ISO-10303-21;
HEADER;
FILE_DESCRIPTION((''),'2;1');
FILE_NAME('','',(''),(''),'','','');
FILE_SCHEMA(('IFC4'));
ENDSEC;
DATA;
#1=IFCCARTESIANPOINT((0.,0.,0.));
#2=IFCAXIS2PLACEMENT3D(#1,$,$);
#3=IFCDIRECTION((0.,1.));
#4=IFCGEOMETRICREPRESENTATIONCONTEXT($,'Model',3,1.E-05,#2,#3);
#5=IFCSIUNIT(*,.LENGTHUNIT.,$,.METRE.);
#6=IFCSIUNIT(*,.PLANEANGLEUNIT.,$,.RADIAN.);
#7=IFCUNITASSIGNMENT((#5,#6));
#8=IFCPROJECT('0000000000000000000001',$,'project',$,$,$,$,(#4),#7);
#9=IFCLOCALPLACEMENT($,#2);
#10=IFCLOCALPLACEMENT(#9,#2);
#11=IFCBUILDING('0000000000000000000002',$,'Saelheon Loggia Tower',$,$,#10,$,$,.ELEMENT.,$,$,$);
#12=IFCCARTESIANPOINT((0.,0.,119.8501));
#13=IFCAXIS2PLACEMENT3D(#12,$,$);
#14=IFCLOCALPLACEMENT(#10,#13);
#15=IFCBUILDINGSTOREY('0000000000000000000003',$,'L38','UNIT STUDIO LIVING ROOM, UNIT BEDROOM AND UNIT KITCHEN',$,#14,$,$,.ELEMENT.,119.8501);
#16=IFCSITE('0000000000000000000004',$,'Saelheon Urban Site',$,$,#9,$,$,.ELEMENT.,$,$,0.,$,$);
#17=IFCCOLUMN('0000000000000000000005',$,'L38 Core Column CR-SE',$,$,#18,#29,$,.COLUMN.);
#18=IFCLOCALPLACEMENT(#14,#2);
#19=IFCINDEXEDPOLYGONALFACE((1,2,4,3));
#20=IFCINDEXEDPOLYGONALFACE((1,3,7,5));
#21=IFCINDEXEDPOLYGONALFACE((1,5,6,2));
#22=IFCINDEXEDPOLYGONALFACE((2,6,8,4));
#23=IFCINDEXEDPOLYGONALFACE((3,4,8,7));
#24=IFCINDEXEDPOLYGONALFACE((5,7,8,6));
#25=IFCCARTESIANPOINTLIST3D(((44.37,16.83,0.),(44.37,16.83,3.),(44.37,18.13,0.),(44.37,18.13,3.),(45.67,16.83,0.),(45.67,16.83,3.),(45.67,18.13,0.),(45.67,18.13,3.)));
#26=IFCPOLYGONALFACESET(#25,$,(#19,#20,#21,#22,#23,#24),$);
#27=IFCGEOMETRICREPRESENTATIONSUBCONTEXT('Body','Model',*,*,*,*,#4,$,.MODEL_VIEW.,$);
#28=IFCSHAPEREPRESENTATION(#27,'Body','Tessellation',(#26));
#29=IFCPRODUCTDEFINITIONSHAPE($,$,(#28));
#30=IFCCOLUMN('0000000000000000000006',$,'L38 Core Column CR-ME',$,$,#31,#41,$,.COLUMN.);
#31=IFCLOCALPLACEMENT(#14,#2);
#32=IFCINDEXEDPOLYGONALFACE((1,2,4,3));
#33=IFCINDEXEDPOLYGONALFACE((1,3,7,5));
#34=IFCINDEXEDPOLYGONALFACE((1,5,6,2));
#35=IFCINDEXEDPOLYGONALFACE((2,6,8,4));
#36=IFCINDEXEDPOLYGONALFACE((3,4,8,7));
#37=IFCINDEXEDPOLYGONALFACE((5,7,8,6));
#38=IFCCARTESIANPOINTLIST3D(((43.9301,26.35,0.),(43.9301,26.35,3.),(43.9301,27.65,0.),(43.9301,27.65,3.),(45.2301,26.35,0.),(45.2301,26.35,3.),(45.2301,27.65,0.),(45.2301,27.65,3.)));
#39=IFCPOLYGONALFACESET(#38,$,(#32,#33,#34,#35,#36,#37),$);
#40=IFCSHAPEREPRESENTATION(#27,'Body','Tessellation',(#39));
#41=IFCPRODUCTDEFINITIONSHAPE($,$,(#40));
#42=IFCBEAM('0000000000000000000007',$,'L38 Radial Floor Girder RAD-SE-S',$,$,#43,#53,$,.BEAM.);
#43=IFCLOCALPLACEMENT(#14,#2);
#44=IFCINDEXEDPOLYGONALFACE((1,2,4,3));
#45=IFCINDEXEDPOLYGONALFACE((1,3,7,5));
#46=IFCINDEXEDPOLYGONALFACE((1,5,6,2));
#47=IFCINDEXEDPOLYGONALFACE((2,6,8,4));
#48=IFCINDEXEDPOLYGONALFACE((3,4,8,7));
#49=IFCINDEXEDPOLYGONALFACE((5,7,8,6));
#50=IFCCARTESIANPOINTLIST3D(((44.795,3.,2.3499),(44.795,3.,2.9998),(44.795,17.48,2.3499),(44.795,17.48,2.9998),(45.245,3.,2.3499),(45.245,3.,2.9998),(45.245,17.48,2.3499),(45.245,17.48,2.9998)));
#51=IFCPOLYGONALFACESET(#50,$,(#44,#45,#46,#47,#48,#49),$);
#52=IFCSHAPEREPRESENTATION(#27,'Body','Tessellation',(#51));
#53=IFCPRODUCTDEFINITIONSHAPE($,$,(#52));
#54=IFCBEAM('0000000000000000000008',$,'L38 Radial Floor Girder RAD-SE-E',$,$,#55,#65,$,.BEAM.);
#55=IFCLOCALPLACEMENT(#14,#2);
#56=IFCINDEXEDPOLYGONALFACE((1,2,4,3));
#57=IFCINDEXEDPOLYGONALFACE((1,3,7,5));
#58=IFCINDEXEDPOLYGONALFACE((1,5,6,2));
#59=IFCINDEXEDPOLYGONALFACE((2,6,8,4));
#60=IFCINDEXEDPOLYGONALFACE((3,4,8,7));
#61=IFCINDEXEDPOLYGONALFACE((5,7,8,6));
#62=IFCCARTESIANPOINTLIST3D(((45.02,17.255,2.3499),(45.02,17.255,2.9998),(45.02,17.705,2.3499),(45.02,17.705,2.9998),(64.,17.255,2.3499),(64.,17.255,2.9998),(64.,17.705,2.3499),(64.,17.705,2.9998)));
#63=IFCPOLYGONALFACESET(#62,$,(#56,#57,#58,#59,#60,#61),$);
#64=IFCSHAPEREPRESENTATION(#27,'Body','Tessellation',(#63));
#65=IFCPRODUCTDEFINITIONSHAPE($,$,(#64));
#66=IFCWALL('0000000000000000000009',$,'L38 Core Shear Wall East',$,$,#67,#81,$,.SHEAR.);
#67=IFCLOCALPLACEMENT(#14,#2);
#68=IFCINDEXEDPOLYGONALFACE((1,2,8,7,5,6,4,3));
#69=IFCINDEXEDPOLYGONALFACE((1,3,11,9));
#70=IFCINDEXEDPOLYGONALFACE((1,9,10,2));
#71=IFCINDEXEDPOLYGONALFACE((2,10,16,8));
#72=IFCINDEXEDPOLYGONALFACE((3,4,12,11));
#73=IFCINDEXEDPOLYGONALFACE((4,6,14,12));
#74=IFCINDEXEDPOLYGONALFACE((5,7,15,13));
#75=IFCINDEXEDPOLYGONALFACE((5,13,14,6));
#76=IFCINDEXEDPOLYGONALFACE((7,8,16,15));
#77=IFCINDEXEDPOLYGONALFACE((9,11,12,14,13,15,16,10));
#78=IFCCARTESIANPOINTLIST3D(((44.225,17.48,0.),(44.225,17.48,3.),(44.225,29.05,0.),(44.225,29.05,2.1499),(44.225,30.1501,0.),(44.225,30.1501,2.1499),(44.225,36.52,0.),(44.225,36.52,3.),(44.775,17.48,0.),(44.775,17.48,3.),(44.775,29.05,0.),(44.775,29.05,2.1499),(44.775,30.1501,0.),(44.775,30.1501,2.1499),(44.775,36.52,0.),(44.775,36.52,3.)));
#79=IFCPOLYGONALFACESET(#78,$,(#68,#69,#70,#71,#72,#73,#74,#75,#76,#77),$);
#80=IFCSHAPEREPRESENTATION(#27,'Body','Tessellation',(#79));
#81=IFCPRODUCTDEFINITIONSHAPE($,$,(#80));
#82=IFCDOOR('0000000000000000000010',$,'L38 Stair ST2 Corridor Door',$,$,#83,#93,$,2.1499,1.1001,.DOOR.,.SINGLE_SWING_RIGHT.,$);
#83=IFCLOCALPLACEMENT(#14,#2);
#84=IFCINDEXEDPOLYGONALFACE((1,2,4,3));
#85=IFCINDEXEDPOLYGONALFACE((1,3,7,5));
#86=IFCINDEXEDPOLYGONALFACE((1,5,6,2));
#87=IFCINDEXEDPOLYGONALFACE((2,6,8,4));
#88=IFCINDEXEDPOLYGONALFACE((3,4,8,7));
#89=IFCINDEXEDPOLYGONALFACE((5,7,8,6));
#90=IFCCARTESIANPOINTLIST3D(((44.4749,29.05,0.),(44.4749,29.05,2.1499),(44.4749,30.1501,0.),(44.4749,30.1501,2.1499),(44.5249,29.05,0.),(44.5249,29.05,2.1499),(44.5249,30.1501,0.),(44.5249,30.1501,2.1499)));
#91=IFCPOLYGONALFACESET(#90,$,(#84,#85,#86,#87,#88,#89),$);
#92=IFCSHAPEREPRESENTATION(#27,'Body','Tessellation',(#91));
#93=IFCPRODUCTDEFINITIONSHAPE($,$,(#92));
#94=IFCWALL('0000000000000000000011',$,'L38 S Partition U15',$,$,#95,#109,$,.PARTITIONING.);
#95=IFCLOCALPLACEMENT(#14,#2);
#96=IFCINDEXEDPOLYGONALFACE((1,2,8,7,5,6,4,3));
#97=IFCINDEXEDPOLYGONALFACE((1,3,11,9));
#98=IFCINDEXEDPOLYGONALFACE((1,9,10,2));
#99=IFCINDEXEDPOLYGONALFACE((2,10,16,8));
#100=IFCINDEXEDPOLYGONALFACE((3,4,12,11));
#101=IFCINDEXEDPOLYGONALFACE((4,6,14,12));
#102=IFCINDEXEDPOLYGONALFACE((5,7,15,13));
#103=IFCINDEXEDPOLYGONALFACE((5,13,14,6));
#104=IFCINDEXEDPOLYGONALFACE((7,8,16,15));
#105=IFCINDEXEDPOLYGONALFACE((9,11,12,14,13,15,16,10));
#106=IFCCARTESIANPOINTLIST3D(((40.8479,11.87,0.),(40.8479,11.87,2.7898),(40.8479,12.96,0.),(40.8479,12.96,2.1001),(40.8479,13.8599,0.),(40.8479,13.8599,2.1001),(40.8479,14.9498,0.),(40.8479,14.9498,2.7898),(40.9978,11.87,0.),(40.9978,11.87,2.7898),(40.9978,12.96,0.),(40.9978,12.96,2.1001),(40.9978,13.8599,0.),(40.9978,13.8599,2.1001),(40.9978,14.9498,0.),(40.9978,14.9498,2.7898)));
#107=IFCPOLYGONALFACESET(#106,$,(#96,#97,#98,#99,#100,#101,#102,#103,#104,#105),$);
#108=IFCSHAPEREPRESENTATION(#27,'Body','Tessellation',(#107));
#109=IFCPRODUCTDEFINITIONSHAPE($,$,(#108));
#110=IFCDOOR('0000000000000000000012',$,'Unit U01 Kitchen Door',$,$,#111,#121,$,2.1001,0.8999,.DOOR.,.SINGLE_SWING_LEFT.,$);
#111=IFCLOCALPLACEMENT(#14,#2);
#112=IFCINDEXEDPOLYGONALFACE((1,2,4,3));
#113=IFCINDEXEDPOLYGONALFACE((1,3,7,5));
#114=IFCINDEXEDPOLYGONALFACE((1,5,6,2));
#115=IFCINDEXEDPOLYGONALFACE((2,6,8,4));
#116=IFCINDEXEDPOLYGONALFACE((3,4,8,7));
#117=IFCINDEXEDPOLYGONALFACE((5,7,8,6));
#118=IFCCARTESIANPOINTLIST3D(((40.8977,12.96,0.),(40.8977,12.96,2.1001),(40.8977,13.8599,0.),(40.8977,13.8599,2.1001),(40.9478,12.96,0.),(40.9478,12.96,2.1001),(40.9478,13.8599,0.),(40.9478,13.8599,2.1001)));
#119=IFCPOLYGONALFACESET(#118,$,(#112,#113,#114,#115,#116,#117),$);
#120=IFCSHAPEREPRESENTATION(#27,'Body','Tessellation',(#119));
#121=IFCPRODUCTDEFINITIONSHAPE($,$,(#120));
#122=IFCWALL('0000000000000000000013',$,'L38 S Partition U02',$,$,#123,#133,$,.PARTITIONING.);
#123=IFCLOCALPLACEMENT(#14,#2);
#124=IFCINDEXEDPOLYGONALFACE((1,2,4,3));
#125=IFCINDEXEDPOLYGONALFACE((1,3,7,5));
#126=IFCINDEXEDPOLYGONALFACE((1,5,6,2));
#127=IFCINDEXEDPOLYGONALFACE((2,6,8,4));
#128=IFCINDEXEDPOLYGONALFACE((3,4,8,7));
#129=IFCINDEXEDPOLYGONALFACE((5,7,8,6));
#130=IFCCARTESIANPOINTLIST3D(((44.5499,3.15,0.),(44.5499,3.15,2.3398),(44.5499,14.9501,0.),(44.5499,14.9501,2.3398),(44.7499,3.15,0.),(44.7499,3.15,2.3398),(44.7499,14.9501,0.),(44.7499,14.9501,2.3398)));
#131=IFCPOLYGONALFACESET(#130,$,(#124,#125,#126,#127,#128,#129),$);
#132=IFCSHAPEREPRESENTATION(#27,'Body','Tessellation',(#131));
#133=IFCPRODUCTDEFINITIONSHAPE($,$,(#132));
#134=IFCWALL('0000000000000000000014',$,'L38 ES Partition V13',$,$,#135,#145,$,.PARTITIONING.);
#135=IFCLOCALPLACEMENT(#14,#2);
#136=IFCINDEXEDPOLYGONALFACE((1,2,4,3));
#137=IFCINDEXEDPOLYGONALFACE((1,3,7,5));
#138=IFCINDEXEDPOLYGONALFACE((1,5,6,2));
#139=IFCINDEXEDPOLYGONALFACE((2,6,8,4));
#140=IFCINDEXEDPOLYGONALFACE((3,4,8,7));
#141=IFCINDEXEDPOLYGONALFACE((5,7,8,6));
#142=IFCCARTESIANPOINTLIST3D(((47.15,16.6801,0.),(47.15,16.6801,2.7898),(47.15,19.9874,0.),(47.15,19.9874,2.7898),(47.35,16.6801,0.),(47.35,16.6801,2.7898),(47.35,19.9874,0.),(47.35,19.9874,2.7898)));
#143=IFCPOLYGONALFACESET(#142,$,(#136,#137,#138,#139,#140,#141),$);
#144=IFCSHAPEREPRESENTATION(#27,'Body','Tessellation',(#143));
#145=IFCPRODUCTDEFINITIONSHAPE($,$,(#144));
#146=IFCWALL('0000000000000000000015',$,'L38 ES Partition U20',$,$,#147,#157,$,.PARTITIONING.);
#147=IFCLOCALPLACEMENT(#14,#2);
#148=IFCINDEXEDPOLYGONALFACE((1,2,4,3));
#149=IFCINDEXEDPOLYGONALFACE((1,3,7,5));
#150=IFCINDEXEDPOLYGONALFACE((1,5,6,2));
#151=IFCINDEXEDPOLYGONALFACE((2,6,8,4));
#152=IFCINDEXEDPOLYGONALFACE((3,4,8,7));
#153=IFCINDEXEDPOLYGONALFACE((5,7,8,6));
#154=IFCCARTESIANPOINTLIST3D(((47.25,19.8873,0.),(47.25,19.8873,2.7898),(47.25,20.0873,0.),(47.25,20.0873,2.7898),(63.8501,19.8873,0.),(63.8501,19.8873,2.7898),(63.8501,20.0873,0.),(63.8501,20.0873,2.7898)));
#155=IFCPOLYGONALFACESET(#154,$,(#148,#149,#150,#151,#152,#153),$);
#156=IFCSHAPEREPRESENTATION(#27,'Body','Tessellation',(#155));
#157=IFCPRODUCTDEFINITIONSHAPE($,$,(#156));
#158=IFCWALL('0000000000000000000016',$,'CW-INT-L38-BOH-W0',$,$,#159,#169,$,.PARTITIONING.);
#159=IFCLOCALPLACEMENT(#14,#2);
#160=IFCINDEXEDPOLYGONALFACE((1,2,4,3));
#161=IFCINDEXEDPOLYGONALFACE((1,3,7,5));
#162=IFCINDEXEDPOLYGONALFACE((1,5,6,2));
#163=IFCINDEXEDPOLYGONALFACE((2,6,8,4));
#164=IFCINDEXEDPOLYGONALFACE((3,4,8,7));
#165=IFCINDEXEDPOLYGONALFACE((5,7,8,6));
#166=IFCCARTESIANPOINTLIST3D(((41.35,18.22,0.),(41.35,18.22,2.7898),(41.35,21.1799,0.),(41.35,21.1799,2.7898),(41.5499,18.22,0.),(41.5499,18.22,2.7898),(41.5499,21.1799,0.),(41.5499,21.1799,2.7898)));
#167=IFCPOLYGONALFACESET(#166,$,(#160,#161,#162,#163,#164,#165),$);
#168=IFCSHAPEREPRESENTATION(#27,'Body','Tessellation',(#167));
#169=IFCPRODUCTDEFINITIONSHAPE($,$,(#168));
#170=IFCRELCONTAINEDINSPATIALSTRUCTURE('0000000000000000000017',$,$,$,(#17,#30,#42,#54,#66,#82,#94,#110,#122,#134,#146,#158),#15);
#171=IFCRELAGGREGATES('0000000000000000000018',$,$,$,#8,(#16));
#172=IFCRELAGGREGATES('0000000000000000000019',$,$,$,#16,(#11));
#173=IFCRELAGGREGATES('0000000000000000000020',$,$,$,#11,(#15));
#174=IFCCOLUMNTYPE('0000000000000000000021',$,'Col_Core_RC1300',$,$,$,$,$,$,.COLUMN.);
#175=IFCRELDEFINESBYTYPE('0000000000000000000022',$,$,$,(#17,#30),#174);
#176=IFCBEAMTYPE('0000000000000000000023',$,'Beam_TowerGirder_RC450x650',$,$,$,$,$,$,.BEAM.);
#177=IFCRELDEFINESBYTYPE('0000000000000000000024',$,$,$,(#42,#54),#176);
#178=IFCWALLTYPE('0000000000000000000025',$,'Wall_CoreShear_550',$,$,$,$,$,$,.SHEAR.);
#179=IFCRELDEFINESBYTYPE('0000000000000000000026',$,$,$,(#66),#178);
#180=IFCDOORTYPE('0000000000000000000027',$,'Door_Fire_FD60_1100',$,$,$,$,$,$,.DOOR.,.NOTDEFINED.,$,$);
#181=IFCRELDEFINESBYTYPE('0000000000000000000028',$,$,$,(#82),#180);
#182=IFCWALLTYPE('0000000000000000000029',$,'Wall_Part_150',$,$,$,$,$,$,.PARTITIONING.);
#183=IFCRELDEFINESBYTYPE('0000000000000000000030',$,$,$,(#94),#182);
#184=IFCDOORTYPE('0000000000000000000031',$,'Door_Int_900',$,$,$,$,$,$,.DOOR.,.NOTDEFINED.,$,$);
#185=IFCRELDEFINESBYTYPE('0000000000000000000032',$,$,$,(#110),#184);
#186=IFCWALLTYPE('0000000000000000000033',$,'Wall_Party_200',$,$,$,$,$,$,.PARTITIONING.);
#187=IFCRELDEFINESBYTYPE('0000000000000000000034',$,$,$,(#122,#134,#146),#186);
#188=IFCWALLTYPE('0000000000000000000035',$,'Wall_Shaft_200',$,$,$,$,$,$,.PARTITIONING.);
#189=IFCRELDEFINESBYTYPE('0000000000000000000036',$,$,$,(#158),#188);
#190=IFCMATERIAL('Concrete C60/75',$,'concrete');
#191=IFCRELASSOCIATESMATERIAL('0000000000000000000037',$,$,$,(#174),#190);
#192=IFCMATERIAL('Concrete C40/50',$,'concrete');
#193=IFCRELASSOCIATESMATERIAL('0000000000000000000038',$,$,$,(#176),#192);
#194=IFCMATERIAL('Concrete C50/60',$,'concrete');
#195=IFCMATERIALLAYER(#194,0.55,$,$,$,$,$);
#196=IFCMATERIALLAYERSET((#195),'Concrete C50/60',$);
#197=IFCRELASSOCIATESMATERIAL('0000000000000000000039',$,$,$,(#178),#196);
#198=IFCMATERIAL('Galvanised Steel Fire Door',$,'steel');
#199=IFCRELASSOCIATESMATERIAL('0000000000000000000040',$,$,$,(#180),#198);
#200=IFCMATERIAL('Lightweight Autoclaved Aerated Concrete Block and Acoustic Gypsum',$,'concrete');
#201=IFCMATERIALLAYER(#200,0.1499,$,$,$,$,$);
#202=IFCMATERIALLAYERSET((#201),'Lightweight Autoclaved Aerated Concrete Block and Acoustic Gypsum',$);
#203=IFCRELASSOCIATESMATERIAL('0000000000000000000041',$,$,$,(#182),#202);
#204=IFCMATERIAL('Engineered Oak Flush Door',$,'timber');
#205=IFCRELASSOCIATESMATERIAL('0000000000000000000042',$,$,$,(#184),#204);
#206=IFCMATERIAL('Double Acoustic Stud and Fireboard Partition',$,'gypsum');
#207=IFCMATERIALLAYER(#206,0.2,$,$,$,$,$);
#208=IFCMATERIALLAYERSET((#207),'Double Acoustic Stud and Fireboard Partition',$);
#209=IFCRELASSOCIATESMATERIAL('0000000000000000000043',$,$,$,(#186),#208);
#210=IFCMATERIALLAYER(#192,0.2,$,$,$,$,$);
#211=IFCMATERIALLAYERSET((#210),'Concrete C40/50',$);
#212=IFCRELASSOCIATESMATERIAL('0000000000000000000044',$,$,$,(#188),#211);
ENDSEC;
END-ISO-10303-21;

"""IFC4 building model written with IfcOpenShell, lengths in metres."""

from ifc_helpers import new_model, si_unit, direction, frame, frame_2d, origin, origin_2d, place, context, subcontext, project, spatial, rectangle, extrude, source, transform, mapped, material, layer, layer_set, material_profile, profile_set, type_object, element, fill, save


model = new_model("IFC4")

# Units and contexts
model_context = context("Model", 3, precision=1e-05, world=origin(), true_north=direction((0.0, 1.0)))
body_context = subcontext(model_context, "Body", "Model", "MODEL_VIEW")
ifc_project = project(units=[si_unit("LENGTHUNIT", "METRE"), si_unit("PLANEANGLEUNIT", "RADIAN")], contexts=[model_context])

# Site, building, storey
site_placement = place(None, origin())
site = spatial("IfcSite", under=ifc_project, at=site_placement, Name="Saelheon Urban Site", CompositionType="ELEMENT", RefElevation=0.0)
building_placement = place(site_placement, origin())
building = spatial("IfcBuilding", under=site, at=building_placement, Name="Saelheon Loggia Tower", CompositionType="ELEMENT")
storey_placement = place(building_placement, frame((0.0, 0.0, 119.8501)))
storey = spatial("IfcBuildingStorey", under=building, at=storey_placement, Name="L38", Description="UNIT STUDIO LIVING ROOM, UNIT BEDROOM AND UNIT KITCHEN", CompositionType="ELEMENT", Elevation=119.8501)

# Columns
ifc_material_1 = material(Name="Concrete C60/75", Category="concrete")
ifc_material_profile_1 = material_profile(ifc_material_1, rectangle(XDim=1.3, YDim=1.3, at=origin_2d()), Name="RC-1300x1300")
ifc_profile_set_1 = profile_set([ifc_material_profile_1], Name="Concrete C60/75")
column_type = type_object("IfcColumnType", Name="Col_Core_RC1300", PredefinedType="COLUMN", material=ifc_profile_set_1)
shared_shape_1 = source(origin(), body_context, "Body", "SweptSolid", [
    extrude(rectangle(XDim=1.3, YDim=1.3, at=origin_2d()), origin(), (0.0, 0.0, 1.0), 3.0),
])
for number, where, z_axis, x_axis, name in (
    (1, (45.02, 17.48, 0.0), (0.0, 0.0, 1.0), (1.0, 0.0, 0.0), "L38 Core Column CR-SE"),
    (2, (44.5801, 27.0, 0.0), (0.0, 0.0, 1.0), (1.0, 0.0, 0.0), "L38 Core Column CR-ME"),
):
    element("IfcColumn", number, at=place(storey_placement, frame(where, z_axis=z_axis, x_axis=x_axis)), inside=storey, type_object=column_type, Name=name, PredefinedType="COLUMN", context=body_context, shape_type="MappedRepresentation", body=[
        mapped(shared_shape_1, transform((0.0, 0.0, 0.0), scale=1.0)),
    ])

# Beams
ifc_material_2 = material(Name="Concrete C40/50", Category="concrete")
ifc_material_profile_2 = material_profile(ifc_material_2, rectangle(XDim=0.45, YDim=0.6499, at=origin_2d()), Name="RC-450x650")
ifc_profile_set_2 = profile_set([ifc_material_profile_2], Name="Concrete C40/50")
beam_type = type_object("IfcBeamType", Name="Beam_TowerGirder_RC450x650", PredefinedType="BEAM", material=ifc_profile_set_2)
shared_shape_2 = source(origin(), body_context, "Body", "SweptSolid", [
    extrude(rectangle(XDim=0.45, YDim=0.6499, at=origin_2d()), origin(), (0.0, 0.0, 1.0), 14.48),
])
beam_1_placement = place(storey_placement, frame((45.02, 17.48, 2.6748), z_axis=(0.0, -1.0, 0.0), x_axis=(1.0, 0.0, 0.0)))
element("IfcBeam", 3, at=beam_1_placement, inside=storey, type_object=beam_type, Name="L38 Radial Floor Girder RAD-SE-S", PredefinedType="BEAM", context=body_context, shape_type="MappedRepresentation", body=[
    mapped(shared_shape_2, transform((0.0, 0.0, 0.0), scale=1.0)),
])
shared_shape_3 = source(origin(), body_context, "Body", "SweptSolid", [
    extrude(rectangle(XDim=0.45, YDim=0.6499, at=origin_2d()), origin(), (0.0, 0.0, 1.0), 18.98),
])
beam_2_placement = place(storey_placement, frame((45.02, 17.48, 2.6748), z_axis=(1.0, 0.0, 0.0), x_axis=(0.0, 1.0, 0.0)))
element("IfcBeam", 4, at=beam_2_placement, inside=storey, type_object=beam_type, Name="L38 Radial Floor Girder RAD-SE-E", PredefinedType="BEAM", context=body_context, shape_type="MappedRepresentation", body=[
    mapped(shared_shape_3, transform((0.0, 0.0, 0.0), scale=1.0)),
])

# Walls, openings, doors
ifc_material_3 = material(Name="Concrete C50/60", Category="concrete")
ifc_layer_1 = layer(ifc_material_3, 0.55)
ifc_layer_set_1 = layer_set([ifc_layer_1], Name="Concrete C50/60")
wall_type_1 = type_object("IfcWallType", Name="Wall_CoreShear_550", PredefinedType="SHEAR", material=ifc_layer_set_1)
wall_1_placement = place(storey_placement, frame((44.5, 17.48, 0.0), z_axis=(0.0, 0.0, 1.0), x_axis=(0.0, 1.0, 0.0)))
wall_1 = element("IfcWall", 5, at=wall_1_placement, inside=storey, type_object=wall_type_1, Name="L38 Core Shear Wall East", PredefinedType="SHEAR", context=body_context, shape_type="SweptSolid", body=[
    extrude(rectangle(XDim=19.04, YDim=0.55, at=frame_2d((9.52, 0.0))), origin(), (0.0, 0.0, 1.0), 3.0),
])
opening_1_placement = place(wall_1_placement, frame((12.6702, 0.0, 0.0), z_axis=(0.0, 0.0, 1.0), x_axis=(-1.0, 0.0, 0.0)))
opening_1 = element("IfcOpeningElement", 6, at=opening_1_placement, cuts=wall_1, PredefinedType="OPENING", context=body_context, shape_type="SweptSolid", body=[
    extrude(rectangle(XDim=1.1001, YDim=2.1499, at=frame_2d((0.55, 1.075))), frame((0.0, 0.2871, 0.0), z_axis=(0.0, -1.0, 0.0), x_axis=(1.0, 0.0, 0.0)), (0.0, 0.0, 1.0), 0.574),
])
ifc_material_4 = material(Name="Galvanised Steel Fire Door", Category="steel")
door_type_1 = type_object("IfcDoorType", Name="Door_Fire_FD60_1100", OperationType="NOTDEFINED", PredefinedType="DOOR", material=ifc_material_4)
shared_shape_4 = source(origin(), body_context, "Body", "SweptSolid", [
    extrude(rectangle(XDim=1.1001, YDim=2.1499, at=frame_2d((0.55, 1.075))), frame((0.0, 0.0249, 0.0), z_axis=(0.0, -1.0, 0.0), x_axis=(1.0, 0.0, 0.0)), (0.0, 0.0, 1.0), 0.05),
])
door_1_placement = place(opening_1_placement, origin())
door_1 = element("IfcDoor", 7, at=door_1_placement, inside=storey, type_object=door_type_1, Name="L38 Stair ST2 Corridor Door", OperationType="SINGLE_SWING_RIGHT", OverallHeight=2.1499, OverallWidth=1.1001, PredefinedType="DOOR", context=body_context, shape_type="MappedRepresentation", body=[
    mapped(shared_shape_4, transform((0.0, 0.0, 0.0), scale=1.0)),
])
fill(opening_1, door_1)
ifc_material_5 = material(Name="Lightweight Autoclaved Aerated Concrete Block and Acoustic Gypsum", Category="concrete")
ifc_layer_2 = layer(ifc_material_5, 0.1499)
ifc_layer_set_2 = layer_set([ifc_layer_2], Name="Lightweight Autoclaved Aerated Concrete Block and Acoustic Gypsum")
wall_type_2 = type_object("IfcWallType", Name="Wall_Part_150", PredefinedType="PARTITIONING", material=ifc_layer_set_2)
wall_2_placement = place(storey_placement, frame((40.9229, 14.95, 0.0), z_axis=(0.0, 0.0, 1.0), x_axis=(0.0, -1.0, 0.0)))
wall_2 = element("IfcWall", 8, at=wall_2_placement, inside=storey, type_object=wall_type_2, Name="L38 S Partition U15", PredefinedType="PARTITIONING", context=body_context, shape_type="SweptSolid", body=[
    extrude(rectangle(XDim=3.0798, YDim=0.1499, at=frame_2d((1.54, 0.0))), origin(), (0.0, 0.0, 1.0), 2.7898),
])
opening_2_placement = place(wall_2_placement, frame((1.0901, 0.0, 0.0)))
opening_2 = element("IfcOpeningElement", 9, at=opening_2_placement, cuts=wall_2, PredefinedType="OPENING", context=body_context, shape_type="SweptSolid", body=[
    extrude(rectangle(XDim=0.8999, YDim=2.1001, at=frame_2d((0.45, 1.05))), frame((0.0, 0.0869, 0.0), z_axis=(0.0, -1.0, 0.0), x_axis=(1.0, 0.0, 0.0)), (0.0, 0.0, 1.0), 0.1738),
])
ifc_material_6 = material(Name="Engineered Oak Flush Door", Category="timber")
door_type_2 = type_object("IfcDoorType", Name="Door_Int_900", OperationType="NOTDEFINED", PredefinedType="DOOR", material=ifc_material_6)
shared_shape_5 = source(origin(), body_context, "Body", "SweptSolid", [
    extrude(rectangle(XDim=0.8999, YDim=2.1001, at=frame_2d((0.45, 1.05))), frame((0.0, 0.0249, 0.0), z_axis=(0.0, -1.0, 0.0), x_axis=(1.0, 0.0, 0.0)), (0.0, 0.0, 1.0), 0.05),
])
door_2_placement = place(opening_2_placement, origin())
door_2 = element("IfcDoor", 10, at=door_2_placement, inside=storey, type_object=door_type_2, Name="Unit U01 Kitchen Door", OperationType="SINGLE_SWING_LEFT", OverallHeight=2.1001, OverallWidth=0.8999, PredefinedType="DOOR", context=body_context, shape_type="MappedRepresentation", body=[
    mapped(shared_shape_5, transform((0.0, 0.0, 0.0), scale=1.0)),
])
fill(opening_2, door_2)

# Walls
ifc_material_7 = material(Name="Double Acoustic Stud and Fireboard Partition", Category="gypsum")
ifc_layer_3 = layer(ifc_material_7, 0.2)
ifc_layer_set_3 = layer_set([ifc_layer_3], Name="Double Acoustic Stud and Fireboard Partition")
wall_type_3 = type_object("IfcWallType", Name="Wall_Party_200", PredefinedType="PARTITIONING", material=ifc_layer_set_3)
wall_3_placement = place(storey_placement, frame((44.6499, 14.95, 0.0), z_axis=(0.0, 0.0, 1.0), x_axis=(0.0, -1.0, 0.0)))
element("IfcWall", 11, at=wall_3_placement, inside=storey, type_object=wall_type_3, Name="L38 S Partition U02", PredefinedType="PARTITIONING", context=body_context, shape_type="SweptSolid", body=[
    extrude(rectangle(XDim=11.8, YDim=0.2, at=frame_2d((5.8999, 0.0))), origin(), (0.0, 0.0, 1.0), 2.3398),
])
wall_4_placement = place(storey_placement, frame((47.25, 16.6799, 0.0), z_axis=(0.0, 0.0, 1.0), x_axis=(0.0, 1.0, 0.0)))
element("IfcWall", 12, at=wall_4_placement, inside=storey, type_object=wall_type_3, Name="L38 ES Partition V13", PredefinedType="PARTITIONING", context=body_context, shape_type="SweptSolid", body=[
    extrude(rectangle(XDim=3.3074, YDim=0.2, at=frame_2d((1.6538, 0.0))), origin(), (0.0, 0.0, 1.0), 2.7898),
])
wall_5_placement = place(storey_placement, frame((47.25, 19.9873, 0.0), z_axis=(0.0, 0.0, 1.0), x_axis=(1.0, 0.0, 0.0)))
element("IfcWall", 13, at=wall_5_placement, inside=storey, type_object=wall_type_3, Name="L38 ES Partition U20", PredefinedType="PARTITIONING", context=body_context, shape_type="SweptSolid", body=[
    extrude(rectangle(XDim=16.6001, YDim=0.2, at=frame_2d((8.3, 0.0))), origin(), (0.0, 0.0, 1.0), 2.7898),
])
ifc_layer_4 = layer(ifc_material_2, 0.2)
ifc_layer_set_4 = layer_set([ifc_layer_4], Name="Concrete C40/50")
wall_type_4 = type_object("IfcWallType", Name="Wall_Shaft_200", PredefinedType="PARTITIONING", material=ifc_layer_set_4)
wall_6_placement = place(storey_placement, frame((41.45, 18.22, 0.0), z_axis=(0.0, 0.0, 1.0), x_axis=(0.0, 1.0, 0.0)))
element("IfcWall", 14, at=wall_6_placement, inside=storey, type_object=wall_type_4, Name="CW-INT-L38-BOH-W0", PredefinedType="PARTITIONING", context=body_context, shape_type="SweptSolid", body=[
    extrude(rectangle(XDim=2.96, YDim=0.2, at=frame_2d((1.48, 0.0))), origin(), (0.0, 0.0, 1.0), 2.7898),
])

save(model, "model.ifc")
